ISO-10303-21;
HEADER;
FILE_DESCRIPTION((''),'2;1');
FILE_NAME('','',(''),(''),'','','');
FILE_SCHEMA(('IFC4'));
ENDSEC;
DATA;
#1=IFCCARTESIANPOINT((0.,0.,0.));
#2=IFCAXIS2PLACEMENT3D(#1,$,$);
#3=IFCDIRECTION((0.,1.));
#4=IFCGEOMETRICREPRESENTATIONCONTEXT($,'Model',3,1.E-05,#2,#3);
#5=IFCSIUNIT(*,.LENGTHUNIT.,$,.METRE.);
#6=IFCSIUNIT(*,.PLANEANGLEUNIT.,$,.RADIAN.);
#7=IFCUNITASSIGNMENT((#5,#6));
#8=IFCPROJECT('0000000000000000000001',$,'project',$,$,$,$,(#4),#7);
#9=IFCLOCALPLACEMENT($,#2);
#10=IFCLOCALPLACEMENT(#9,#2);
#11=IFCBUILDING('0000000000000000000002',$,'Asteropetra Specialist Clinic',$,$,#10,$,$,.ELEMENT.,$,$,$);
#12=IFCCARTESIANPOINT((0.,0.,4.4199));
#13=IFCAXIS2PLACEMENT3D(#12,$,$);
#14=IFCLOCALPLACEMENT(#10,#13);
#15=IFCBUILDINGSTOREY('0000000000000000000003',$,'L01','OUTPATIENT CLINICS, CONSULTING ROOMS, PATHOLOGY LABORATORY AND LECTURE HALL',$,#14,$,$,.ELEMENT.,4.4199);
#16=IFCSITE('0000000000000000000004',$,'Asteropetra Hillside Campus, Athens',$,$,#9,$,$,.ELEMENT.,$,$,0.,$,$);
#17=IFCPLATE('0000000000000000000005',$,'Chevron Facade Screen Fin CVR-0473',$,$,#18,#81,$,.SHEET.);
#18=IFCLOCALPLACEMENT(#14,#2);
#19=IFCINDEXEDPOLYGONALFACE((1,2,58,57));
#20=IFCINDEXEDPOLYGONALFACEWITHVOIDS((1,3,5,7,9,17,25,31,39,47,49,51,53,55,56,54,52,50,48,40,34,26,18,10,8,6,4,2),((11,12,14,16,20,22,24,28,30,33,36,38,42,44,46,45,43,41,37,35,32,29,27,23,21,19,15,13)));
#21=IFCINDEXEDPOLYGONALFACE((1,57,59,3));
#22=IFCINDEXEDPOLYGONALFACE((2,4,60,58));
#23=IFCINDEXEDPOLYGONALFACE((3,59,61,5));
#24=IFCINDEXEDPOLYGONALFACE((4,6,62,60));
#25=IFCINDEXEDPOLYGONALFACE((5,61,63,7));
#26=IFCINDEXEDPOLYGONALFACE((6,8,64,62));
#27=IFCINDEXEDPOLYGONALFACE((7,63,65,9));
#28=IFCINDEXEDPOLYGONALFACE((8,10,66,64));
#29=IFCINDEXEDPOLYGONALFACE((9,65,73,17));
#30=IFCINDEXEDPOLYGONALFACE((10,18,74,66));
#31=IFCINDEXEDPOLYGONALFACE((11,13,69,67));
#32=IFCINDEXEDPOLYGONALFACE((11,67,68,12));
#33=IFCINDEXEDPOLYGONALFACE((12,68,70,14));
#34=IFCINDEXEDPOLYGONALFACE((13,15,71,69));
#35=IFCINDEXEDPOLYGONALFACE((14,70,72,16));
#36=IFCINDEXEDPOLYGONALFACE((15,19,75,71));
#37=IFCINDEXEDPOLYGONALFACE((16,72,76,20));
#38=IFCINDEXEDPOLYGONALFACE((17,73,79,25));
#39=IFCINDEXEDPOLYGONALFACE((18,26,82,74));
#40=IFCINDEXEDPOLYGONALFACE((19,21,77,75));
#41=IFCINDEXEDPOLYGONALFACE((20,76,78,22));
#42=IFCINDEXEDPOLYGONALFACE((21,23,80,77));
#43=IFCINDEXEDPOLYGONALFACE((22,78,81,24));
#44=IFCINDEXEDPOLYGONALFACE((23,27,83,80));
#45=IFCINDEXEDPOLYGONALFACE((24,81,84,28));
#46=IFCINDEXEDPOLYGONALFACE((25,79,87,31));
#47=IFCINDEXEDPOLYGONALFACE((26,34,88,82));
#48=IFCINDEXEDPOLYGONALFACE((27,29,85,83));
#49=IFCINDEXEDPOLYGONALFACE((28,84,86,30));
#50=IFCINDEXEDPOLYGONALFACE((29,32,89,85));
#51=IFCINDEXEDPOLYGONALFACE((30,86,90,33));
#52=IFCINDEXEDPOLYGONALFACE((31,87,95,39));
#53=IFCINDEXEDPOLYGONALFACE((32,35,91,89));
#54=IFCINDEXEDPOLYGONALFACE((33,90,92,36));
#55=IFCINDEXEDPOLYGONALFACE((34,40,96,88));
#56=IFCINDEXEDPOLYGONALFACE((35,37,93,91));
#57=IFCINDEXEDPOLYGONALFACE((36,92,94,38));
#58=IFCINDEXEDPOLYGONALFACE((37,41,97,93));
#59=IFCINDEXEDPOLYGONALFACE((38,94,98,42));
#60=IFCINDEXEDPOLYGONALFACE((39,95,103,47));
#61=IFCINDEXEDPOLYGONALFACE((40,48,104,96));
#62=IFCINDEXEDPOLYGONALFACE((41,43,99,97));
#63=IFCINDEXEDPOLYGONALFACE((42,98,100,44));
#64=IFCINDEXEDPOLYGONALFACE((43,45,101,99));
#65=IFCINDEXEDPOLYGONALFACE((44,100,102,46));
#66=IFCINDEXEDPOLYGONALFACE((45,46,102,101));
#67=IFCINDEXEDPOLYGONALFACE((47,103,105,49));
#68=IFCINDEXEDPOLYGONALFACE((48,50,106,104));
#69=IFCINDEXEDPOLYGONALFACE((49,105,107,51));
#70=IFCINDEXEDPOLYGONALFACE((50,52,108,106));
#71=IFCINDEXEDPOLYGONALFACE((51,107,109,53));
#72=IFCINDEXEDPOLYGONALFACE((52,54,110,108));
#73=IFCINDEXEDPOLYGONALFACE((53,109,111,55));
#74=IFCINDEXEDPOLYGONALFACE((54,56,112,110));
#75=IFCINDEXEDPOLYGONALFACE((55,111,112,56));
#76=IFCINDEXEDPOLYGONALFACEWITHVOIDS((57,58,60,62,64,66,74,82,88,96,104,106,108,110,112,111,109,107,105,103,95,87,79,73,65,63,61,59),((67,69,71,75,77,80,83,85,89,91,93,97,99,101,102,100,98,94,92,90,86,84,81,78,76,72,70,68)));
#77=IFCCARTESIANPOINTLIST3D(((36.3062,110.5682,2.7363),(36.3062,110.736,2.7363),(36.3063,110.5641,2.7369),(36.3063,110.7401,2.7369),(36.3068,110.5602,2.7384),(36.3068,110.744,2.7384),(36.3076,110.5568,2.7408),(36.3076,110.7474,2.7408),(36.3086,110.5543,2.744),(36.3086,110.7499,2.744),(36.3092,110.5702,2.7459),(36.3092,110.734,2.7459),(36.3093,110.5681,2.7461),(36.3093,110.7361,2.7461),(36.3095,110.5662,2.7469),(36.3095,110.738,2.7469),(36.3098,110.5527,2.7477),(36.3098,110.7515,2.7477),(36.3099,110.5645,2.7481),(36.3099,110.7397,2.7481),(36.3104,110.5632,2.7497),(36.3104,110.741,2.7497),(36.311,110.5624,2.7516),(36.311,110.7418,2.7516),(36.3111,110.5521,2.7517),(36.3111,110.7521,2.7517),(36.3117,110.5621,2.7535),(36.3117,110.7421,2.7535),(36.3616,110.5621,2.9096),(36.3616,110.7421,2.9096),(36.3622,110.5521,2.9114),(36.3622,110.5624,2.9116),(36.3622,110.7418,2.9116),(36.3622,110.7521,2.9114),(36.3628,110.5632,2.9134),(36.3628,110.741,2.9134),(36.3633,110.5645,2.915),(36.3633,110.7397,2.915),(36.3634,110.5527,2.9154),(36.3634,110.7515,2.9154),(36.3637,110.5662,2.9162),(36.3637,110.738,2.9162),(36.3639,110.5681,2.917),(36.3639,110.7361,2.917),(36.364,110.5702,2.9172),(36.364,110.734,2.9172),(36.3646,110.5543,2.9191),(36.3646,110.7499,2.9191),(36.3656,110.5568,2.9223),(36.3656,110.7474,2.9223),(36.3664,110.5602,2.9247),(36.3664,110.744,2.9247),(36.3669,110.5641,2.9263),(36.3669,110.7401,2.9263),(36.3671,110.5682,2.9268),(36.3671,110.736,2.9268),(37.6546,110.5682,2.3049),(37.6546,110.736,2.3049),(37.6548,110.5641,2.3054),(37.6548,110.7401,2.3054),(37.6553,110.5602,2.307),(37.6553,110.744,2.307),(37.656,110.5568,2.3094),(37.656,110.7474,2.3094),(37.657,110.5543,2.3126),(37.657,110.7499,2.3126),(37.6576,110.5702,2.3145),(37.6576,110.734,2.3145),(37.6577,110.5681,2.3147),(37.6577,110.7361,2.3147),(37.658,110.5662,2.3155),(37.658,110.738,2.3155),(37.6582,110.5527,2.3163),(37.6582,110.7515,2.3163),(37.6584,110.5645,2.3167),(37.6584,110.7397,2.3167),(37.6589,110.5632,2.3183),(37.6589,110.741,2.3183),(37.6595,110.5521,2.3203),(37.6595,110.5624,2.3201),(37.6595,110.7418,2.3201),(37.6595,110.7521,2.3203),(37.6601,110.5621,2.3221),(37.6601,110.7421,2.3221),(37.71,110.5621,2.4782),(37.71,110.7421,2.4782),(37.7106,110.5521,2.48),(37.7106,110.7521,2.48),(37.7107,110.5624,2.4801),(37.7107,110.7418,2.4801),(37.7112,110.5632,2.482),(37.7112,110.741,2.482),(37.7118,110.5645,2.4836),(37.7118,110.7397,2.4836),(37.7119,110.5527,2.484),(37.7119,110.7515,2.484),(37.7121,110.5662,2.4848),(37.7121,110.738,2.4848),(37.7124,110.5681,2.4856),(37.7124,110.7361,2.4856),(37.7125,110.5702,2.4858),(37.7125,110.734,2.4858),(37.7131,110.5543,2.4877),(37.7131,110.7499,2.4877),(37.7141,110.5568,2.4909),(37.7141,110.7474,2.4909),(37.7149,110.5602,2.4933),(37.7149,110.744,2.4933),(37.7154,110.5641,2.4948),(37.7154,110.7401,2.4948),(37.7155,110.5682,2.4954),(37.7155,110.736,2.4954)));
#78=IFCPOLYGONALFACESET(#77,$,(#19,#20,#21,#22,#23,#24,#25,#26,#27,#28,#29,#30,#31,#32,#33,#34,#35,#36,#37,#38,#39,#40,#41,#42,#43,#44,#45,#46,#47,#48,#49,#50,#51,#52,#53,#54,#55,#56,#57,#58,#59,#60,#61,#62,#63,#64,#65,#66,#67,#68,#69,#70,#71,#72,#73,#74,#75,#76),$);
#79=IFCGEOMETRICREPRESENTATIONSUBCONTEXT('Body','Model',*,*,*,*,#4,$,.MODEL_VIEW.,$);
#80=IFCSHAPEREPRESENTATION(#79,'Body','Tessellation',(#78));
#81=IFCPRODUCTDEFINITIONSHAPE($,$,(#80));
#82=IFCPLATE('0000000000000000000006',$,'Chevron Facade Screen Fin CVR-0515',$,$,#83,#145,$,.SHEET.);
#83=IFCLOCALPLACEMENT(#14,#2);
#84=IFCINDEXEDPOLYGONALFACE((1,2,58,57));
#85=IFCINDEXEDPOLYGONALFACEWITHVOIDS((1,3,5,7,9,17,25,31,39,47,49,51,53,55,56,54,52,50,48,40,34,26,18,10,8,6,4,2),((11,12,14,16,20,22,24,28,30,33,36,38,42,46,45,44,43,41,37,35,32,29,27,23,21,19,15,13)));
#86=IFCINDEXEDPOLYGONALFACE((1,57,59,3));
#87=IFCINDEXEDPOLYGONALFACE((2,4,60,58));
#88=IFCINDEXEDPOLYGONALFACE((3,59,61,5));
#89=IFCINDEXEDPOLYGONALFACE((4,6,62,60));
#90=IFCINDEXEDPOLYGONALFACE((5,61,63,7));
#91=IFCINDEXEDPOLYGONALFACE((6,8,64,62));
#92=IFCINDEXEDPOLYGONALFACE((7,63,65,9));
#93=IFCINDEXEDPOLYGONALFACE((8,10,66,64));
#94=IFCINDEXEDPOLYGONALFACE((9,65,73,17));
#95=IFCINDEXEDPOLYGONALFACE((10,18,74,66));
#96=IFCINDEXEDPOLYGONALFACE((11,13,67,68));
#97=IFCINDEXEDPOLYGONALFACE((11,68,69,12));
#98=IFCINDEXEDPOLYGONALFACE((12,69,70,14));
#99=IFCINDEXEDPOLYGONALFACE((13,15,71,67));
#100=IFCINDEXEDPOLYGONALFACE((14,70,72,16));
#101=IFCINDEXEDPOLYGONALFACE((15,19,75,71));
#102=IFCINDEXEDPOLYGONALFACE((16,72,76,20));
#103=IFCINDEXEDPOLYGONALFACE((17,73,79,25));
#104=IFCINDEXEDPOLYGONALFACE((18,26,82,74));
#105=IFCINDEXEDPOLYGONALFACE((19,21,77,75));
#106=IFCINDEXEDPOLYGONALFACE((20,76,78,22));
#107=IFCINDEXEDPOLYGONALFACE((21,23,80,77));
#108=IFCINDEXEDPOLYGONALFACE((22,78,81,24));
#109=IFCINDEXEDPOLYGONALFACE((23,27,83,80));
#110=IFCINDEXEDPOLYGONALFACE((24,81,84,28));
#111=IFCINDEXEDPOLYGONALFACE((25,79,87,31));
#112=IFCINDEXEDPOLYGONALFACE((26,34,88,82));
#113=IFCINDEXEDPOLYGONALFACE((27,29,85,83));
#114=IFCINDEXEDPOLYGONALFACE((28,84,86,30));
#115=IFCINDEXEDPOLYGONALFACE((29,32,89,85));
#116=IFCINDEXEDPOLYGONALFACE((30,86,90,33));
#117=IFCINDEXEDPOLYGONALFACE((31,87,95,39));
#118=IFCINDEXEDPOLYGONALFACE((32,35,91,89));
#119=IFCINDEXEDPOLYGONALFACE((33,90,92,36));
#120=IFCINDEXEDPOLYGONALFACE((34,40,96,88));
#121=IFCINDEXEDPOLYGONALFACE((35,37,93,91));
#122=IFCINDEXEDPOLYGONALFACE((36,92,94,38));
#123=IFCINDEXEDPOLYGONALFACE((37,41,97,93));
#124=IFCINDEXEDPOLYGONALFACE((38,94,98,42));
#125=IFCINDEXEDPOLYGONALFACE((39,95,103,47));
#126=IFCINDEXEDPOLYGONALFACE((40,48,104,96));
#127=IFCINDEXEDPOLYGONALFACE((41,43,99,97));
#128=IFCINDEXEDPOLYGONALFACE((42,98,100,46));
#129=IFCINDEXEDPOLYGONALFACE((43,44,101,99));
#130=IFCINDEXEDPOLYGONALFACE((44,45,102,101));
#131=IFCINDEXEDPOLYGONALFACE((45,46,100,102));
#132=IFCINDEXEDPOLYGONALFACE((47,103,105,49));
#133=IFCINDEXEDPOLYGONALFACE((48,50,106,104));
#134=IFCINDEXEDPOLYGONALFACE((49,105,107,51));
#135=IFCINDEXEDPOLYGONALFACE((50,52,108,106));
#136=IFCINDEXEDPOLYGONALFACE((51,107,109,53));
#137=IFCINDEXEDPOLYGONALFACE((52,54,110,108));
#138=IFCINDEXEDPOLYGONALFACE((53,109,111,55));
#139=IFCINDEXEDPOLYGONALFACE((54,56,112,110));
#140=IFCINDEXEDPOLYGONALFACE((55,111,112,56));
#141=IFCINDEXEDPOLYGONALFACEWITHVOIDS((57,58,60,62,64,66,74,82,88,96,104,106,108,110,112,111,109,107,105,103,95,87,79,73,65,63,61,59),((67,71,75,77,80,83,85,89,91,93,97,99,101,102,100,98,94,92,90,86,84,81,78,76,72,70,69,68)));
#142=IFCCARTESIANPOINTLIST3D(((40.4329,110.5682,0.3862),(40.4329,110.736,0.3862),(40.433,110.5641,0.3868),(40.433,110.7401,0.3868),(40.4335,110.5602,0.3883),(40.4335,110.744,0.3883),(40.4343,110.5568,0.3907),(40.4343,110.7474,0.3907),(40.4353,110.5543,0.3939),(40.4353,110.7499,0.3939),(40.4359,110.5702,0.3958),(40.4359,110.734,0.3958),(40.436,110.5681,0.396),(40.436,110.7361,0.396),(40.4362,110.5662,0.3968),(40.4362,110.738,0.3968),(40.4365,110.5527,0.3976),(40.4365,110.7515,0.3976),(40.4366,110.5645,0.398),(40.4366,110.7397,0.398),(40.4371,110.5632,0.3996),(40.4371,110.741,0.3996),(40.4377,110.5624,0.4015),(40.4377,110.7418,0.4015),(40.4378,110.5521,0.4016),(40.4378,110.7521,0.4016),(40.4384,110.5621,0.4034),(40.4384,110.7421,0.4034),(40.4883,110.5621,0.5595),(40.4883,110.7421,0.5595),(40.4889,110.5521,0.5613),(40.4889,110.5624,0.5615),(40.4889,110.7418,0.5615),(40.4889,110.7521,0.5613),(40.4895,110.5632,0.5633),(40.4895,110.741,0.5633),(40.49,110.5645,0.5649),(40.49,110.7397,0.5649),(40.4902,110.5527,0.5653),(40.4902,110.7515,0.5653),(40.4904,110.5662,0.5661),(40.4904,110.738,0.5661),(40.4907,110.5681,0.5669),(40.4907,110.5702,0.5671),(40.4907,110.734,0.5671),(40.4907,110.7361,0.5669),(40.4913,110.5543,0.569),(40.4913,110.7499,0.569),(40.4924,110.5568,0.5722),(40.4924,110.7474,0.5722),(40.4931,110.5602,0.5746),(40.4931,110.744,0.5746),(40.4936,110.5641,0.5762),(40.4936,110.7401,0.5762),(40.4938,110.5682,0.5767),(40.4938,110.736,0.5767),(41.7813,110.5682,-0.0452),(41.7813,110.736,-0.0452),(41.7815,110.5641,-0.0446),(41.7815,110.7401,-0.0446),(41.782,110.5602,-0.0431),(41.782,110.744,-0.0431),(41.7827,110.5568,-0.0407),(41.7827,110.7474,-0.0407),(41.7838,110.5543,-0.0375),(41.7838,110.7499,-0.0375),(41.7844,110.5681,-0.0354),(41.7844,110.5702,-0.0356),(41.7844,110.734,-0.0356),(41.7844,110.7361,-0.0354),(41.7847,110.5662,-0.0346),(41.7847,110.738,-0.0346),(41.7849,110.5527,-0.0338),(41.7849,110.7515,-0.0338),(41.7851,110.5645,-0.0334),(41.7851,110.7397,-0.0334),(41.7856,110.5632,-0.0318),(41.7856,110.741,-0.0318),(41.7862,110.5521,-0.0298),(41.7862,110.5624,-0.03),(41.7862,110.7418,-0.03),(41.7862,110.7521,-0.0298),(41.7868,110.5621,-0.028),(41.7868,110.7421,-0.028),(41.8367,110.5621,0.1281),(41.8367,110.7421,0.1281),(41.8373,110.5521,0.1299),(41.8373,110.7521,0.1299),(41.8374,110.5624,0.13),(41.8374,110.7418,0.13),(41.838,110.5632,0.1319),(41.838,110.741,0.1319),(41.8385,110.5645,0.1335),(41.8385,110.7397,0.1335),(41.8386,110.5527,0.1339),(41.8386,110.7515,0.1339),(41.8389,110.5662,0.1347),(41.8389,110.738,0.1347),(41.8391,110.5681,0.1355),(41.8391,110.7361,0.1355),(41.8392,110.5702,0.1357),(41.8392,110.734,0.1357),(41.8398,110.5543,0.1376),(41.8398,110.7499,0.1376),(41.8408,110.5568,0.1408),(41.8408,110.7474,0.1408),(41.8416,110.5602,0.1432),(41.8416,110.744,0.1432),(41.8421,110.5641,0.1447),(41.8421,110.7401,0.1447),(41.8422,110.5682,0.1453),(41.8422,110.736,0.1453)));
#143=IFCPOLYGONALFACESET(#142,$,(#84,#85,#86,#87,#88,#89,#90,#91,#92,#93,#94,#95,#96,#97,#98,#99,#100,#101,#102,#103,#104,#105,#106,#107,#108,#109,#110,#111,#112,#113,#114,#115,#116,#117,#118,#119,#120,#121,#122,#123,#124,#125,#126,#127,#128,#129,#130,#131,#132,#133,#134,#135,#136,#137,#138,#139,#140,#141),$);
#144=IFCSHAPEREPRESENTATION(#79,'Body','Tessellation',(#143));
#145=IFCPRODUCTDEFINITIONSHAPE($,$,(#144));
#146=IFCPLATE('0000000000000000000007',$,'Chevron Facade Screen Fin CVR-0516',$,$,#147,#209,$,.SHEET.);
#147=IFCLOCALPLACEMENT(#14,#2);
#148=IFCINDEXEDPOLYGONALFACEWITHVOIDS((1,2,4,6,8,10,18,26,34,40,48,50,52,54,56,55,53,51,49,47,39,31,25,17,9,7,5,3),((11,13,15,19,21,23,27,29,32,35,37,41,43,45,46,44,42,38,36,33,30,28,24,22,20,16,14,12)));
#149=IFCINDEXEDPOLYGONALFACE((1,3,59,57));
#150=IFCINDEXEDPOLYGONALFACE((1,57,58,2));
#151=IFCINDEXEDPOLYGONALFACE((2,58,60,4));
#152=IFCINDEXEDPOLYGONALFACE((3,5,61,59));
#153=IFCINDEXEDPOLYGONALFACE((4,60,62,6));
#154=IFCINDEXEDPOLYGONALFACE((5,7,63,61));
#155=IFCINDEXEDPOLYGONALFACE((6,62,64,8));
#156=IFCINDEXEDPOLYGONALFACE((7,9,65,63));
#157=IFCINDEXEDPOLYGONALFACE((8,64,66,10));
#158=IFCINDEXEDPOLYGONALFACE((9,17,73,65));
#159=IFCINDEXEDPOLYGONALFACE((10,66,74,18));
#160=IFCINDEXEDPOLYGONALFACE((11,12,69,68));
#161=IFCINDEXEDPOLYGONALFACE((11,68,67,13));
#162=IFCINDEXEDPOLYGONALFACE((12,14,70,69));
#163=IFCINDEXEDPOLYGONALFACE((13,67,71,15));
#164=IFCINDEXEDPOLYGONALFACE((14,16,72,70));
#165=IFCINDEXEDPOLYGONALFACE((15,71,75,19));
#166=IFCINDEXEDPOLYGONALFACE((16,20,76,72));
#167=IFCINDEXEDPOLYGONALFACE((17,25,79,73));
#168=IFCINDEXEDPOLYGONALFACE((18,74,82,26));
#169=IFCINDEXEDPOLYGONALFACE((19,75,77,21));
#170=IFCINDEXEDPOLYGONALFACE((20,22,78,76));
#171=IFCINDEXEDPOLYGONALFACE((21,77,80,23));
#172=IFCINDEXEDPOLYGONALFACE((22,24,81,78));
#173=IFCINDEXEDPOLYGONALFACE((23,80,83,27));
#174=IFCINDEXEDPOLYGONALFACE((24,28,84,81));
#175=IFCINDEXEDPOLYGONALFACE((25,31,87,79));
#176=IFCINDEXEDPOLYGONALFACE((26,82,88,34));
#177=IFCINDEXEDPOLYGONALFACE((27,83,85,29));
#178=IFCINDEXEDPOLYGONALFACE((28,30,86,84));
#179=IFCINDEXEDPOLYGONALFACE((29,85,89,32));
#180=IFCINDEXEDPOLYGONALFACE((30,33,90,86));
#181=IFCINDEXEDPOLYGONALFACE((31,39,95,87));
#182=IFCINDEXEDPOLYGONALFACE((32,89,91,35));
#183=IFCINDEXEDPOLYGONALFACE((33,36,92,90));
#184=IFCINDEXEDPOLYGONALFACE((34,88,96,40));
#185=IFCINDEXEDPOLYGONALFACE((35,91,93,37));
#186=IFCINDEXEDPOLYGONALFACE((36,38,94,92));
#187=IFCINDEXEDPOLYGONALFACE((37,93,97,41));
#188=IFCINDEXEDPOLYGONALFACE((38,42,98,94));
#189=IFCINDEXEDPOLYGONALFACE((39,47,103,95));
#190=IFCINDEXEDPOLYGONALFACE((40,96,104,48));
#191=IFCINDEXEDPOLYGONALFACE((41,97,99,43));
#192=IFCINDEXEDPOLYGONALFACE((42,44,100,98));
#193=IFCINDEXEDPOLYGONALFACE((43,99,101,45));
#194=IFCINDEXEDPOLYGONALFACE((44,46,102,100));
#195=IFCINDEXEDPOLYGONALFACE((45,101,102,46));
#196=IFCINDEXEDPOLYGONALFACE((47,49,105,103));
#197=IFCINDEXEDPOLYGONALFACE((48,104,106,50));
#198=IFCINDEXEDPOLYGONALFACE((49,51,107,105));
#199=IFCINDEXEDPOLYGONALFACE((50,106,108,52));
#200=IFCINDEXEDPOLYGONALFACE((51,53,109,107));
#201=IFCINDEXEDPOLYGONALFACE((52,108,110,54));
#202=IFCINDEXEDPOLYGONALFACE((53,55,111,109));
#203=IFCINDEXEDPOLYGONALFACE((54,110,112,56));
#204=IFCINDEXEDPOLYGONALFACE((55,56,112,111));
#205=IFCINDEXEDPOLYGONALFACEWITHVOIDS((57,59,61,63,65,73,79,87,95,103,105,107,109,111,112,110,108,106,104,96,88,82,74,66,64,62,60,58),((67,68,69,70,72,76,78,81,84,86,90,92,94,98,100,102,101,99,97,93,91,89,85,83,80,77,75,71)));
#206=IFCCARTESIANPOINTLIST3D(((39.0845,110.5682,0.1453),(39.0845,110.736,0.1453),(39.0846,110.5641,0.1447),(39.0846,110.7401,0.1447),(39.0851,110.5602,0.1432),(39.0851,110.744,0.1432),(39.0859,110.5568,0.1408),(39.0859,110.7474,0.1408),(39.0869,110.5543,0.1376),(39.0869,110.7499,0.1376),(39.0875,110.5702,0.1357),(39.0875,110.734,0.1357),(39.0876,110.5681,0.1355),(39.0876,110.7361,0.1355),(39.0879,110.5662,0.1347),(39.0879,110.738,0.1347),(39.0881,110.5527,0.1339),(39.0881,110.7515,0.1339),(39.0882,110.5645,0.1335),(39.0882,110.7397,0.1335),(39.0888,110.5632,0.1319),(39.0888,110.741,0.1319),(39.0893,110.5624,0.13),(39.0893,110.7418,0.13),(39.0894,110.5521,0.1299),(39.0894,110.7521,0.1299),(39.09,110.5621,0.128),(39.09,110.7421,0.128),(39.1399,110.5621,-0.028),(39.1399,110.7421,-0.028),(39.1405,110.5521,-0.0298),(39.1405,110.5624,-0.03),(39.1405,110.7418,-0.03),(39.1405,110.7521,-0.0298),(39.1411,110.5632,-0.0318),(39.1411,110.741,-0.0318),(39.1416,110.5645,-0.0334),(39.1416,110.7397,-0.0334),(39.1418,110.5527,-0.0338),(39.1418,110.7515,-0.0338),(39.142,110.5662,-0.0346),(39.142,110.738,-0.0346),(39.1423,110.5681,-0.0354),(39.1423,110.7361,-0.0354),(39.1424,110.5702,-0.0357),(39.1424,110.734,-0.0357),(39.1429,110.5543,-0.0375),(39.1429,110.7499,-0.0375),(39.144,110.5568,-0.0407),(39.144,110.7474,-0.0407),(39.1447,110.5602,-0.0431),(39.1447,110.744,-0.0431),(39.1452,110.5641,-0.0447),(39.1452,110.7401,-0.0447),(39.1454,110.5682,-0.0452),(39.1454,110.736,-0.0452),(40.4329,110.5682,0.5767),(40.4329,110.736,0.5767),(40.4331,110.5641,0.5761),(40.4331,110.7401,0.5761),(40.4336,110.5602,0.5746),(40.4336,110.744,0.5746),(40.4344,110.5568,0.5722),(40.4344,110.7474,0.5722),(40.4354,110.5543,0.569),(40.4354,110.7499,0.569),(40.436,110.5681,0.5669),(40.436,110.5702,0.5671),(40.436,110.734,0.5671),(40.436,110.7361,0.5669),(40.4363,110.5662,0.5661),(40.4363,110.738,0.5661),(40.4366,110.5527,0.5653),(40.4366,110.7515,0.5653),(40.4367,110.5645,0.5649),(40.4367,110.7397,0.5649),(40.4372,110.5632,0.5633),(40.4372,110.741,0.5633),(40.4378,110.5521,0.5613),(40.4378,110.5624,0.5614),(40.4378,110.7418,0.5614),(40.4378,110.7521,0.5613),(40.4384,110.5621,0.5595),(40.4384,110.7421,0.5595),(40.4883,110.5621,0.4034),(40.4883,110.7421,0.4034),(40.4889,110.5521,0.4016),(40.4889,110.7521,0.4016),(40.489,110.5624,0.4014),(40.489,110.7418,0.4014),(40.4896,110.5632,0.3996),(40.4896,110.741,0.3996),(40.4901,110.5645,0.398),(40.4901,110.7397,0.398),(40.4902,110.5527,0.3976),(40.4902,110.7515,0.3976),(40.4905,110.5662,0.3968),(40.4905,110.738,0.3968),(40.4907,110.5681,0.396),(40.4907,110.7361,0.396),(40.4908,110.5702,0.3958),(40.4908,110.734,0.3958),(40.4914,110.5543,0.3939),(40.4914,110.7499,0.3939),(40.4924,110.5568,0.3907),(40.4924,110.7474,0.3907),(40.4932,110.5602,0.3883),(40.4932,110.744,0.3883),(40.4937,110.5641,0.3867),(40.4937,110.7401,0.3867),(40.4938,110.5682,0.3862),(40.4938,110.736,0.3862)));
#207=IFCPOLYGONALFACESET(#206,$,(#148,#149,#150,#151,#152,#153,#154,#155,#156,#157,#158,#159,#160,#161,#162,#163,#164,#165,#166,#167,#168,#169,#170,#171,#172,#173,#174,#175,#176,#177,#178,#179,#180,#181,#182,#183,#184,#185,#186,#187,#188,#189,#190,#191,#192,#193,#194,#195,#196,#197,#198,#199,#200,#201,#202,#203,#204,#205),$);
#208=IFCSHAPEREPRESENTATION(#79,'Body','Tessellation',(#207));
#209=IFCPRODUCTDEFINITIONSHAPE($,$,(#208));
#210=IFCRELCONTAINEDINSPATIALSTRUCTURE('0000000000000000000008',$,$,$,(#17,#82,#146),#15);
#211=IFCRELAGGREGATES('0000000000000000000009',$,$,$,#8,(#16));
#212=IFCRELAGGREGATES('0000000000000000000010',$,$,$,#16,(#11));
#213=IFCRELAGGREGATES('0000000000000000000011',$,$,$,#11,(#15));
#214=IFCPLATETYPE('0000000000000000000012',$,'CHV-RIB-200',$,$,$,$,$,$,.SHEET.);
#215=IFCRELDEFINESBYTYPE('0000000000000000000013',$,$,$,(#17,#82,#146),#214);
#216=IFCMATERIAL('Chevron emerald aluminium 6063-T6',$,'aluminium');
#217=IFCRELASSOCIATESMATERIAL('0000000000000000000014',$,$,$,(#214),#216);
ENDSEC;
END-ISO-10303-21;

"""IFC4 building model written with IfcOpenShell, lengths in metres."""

from ifc_helpers import new_model, si_unit, direction, frame, origin, origin_2d, place, context, subcontext, project, spatial, hollow_rectangle, extrude, material, material_profile, profile_set, type_object, element, save


model = new_model("IFC4")

# Units and contexts
model_context = context("Model", 3, precision=1e-05, world=origin(), true_north=direction((0.0, 1.0)))
body_context = subcontext(model_context, "Body", "Model", "MODEL_VIEW")
ifc_project = project(units=[si_unit("LENGTHUNIT", "METRE"), si_unit("PLANEANGLEUNIT", "RADIAN")], contexts=[model_context])

# Site, building, storey
site_placement = place(None, origin())
site = spatial("IfcSite", under=ifc_project, at=site_placement, Name="Asteropetra Hillside Campus, Athens", CompositionType="ELEMENT", RefElevation=0.0)
building_placement = place(site_placement, origin())
building = spatial("IfcBuilding", under=site, at=building_placement, Name="Asteropetra Specialist Clinic", CompositionType="ELEMENT")
storey_placement = place(building_placement, frame((0.0, 0.0, 4.4199)))
storey = spatial("IfcBuildingStorey", under=building, at=storey_placement, Name="L01", Description="OUTPATIENT CLINICS, CONSULTING ROOMS, PATHOLOGY LABORATORY AND LECTURE HALL", CompositionType="ELEMENT", Elevation=4.4199)

# Plates
ifc_material_1 = material(Name="Chevron emerald aluminium 6063-T6", Category="aluminium")
ifc_material_profile = material_profile(ifc_material_1, hollow_rectangle(XDim=0.2, YDim=0.2, WallThickness=0.01, InnerFilletRadius=0.0081, OuterFilletRadius=0.0161, at=origin_2d()), Name="SHS 200x200x10.0")
ifc_profile_set = profile_set([ifc_material_profile], Name="Chevron emerald aluminium 6063-T6")
plate_type_1 = type_object("IfcPlateType", Name="CHV-RIB-200", PredefinedType="SHEET", material=ifc_profile_set)
for number, where, z_axis, x_axis, name in (
    (1, (37.6851, 110.6521, 2.4001), (-0.952442, 0.0, 0.304719), (0.0, -1.0, 0.0), "Chevron Facade Screen Fin CVR-0473"),
    (2, (41.8118, 110.6521, 0.05), (-0.952442, 0.0, 0.304719), (0.0, -1.0, 0.0), "Chevron Facade Screen Fin CVR-0515"),
    (3, (40.4634, 110.6521, 0.4814), (-0.952442, 0.0, -0.304719), (0.0, -1.0, 0.0), "Chevron Facade Screen Fin CVR-0516"),
):
    element("IfcPlate", number, at=place(storey_placement, frame(where, z_axis=z_axis, x_axis=x_axis)), inside=storey, type_object=plate_type_1, Name=name, PredefinedType="SHEET", context=body_context, shape_type="SweptSolid", body=[
        extrude(hollow_rectangle(XDim=0.2, YDim=0.2, WallThickness=0.01, InnerFilletRadius=0.0081, OuterFilletRadius=0.0161, at=origin_2d()), origin(), (0.0, 0.0, 1.0), 1.4158),
    ])

save(model, "model.ifc")
